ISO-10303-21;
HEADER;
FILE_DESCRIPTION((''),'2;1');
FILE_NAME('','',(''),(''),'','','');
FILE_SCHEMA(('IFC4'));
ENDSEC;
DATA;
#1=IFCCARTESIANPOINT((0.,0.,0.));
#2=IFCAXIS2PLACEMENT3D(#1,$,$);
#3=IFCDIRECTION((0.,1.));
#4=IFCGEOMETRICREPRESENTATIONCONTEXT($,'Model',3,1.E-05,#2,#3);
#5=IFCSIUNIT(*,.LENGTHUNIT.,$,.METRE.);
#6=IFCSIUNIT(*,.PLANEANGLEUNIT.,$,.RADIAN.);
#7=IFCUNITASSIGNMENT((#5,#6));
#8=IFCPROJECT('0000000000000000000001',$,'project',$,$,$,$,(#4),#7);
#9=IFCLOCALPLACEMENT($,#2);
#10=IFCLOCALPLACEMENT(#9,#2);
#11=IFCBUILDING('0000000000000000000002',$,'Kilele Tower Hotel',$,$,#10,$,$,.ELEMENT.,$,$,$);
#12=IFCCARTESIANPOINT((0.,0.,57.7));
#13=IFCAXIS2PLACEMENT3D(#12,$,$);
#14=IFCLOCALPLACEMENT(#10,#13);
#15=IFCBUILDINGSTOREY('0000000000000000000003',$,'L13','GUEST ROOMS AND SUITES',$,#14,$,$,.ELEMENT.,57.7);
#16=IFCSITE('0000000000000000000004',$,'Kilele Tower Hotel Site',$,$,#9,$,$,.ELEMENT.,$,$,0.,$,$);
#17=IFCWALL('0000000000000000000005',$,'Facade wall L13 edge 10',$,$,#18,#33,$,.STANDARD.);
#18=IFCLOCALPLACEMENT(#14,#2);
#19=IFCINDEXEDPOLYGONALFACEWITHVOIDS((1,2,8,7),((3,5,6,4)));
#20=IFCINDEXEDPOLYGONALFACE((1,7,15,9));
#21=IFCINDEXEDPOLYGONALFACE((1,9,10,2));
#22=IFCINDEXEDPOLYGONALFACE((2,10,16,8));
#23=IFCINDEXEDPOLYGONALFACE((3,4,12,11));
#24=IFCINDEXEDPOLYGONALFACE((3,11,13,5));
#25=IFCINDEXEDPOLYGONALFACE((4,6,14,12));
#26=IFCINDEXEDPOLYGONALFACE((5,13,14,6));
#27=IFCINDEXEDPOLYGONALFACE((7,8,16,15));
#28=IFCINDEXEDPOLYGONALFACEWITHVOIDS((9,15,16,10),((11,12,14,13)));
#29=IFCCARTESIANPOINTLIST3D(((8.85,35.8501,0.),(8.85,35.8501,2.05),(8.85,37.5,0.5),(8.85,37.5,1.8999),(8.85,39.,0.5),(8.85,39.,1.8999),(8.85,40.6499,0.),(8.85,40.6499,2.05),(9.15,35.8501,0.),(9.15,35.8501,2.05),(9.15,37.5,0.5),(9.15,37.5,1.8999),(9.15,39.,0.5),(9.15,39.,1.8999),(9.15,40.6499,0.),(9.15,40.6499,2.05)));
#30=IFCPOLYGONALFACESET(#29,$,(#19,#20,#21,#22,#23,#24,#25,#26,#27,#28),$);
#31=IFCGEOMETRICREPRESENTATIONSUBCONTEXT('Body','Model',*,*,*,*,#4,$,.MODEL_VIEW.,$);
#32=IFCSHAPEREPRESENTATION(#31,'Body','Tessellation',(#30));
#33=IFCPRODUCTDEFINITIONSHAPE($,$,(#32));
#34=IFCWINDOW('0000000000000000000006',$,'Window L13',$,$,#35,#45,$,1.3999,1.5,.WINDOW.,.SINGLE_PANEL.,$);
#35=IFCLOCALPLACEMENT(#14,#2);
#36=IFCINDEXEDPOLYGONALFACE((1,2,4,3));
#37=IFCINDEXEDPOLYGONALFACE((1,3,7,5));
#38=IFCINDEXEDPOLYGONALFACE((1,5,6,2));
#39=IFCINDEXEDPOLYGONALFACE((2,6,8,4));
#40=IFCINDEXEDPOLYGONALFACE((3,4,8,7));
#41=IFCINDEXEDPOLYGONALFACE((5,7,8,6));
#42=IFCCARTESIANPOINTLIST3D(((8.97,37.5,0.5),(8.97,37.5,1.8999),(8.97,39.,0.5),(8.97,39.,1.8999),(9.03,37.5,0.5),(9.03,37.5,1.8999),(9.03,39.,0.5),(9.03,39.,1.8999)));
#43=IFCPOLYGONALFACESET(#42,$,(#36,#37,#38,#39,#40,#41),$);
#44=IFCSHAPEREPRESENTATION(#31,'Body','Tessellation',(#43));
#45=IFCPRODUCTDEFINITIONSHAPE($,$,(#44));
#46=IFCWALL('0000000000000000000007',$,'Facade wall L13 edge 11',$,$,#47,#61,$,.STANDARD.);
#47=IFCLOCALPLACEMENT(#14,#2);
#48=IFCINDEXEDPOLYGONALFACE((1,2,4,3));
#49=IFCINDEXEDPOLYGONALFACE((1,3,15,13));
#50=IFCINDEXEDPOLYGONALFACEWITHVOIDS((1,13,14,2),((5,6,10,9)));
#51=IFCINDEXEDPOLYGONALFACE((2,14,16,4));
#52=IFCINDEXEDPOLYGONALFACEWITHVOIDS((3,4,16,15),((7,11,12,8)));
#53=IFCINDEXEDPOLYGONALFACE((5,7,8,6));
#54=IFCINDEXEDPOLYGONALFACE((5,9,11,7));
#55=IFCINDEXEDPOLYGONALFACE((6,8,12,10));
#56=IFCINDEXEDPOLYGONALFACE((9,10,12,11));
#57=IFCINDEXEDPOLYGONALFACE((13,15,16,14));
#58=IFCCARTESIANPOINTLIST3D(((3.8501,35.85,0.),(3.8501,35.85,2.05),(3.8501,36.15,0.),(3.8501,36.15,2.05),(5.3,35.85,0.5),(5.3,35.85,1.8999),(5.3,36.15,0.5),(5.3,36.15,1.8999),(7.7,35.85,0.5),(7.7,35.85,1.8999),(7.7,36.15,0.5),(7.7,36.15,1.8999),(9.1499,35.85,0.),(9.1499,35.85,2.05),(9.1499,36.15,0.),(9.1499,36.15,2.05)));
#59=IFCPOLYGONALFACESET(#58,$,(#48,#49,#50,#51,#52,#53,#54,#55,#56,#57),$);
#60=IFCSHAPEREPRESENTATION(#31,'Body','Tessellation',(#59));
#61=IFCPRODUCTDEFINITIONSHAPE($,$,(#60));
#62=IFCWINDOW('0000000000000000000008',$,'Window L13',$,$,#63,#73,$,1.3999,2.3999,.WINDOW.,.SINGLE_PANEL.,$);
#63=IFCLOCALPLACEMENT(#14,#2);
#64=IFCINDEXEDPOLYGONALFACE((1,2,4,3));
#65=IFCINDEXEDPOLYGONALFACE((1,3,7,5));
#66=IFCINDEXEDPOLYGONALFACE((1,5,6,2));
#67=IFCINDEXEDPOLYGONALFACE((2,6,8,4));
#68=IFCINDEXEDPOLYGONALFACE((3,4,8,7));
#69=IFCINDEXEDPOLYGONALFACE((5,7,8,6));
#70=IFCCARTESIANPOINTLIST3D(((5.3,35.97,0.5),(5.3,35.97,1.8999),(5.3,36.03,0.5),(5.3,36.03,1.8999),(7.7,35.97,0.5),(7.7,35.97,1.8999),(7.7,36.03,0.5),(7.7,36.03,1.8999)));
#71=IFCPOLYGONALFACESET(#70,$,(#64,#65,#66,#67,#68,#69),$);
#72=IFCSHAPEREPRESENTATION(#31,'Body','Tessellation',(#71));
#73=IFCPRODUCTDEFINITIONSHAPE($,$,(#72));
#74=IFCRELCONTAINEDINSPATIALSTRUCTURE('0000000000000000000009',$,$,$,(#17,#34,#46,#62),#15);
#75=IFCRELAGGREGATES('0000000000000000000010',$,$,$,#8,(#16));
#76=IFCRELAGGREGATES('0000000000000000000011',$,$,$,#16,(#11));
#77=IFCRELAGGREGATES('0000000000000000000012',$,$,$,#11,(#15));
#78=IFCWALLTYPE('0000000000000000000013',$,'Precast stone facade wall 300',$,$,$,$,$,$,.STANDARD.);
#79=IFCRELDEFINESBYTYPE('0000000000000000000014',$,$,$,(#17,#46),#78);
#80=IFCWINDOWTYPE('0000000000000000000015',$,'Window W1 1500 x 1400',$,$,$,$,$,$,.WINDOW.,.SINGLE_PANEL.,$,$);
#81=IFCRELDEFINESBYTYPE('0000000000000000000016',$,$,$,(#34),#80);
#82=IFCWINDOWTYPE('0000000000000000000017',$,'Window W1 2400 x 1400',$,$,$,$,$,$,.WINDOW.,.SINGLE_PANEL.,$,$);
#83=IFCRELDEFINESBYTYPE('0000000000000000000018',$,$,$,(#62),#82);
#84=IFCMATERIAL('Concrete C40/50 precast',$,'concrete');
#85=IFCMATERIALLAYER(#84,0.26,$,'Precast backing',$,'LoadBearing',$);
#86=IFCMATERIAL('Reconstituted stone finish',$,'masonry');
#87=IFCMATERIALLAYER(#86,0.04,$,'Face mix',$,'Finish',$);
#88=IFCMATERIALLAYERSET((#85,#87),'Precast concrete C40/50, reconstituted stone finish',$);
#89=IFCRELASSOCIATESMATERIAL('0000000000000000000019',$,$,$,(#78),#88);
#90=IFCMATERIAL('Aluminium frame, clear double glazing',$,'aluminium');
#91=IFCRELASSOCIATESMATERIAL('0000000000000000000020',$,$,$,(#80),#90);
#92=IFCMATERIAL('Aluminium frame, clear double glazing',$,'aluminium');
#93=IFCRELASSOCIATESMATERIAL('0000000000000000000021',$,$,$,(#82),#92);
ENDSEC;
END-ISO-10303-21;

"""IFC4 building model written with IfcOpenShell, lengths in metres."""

from ifc_helpers import new_model, si_unit, direction, frame, frame_2d, origin, place, context, subcontext, project, spatial, rectangle, extrude, material, layer, layer_set, type_object, element, fill, save


model = new_model("IFC4")

# Units and contexts
model_context = context("Model", 3, precision=1e-05, world=origin(), true_north=direction((0.0, 1.0)))
body_context = subcontext(model_context, "Body", "Model", "MODEL_VIEW")
ifc_project = project(units=[si_unit("LENGTHUNIT", "METRE"), si_unit("PLANEANGLEUNIT", "RADIAN")], contexts=[model_context])

# Site, building, storey
site_placement = place(None, origin())
site = spatial("IfcSite", under=ifc_project, at=site_placement, Name="Kilele Tower Hotel Site", CompositionType="ELEMENT", RefElevation=0.0)
building_placement = place(site_placement, origin())
building = spatial("IfcBuilding", under=site, at=building_placement, Name="Kilele Tower Hotel", CompositionType="ELEMENT")
storey_placement = place(building_placement, frame((0.0, 0.0, 57.7)))
storey = spatial("IfcBuildingStorey", under=building, at=storey_placement, Name="L13", Description="GUEST ROOMS AND SUITES", CompositionType="ELEMENT", Elevation=57.7)

# Walls, openings, windows
ifc_material_1 = material(Name="Concrete C40/50 precast", Category="concrete")
ifc_layer_1 = layer(ifc_material_1, 0.26, Name="Precast backing", Category="LoadBearing")
ifc_material_2 = material(Name="Reconstituted stone finish", Category="masonry")
ifc_layer_2 = layer(ifc_material_2, 0.04, Name="Face mix", Category="Finish")
ifc_layer_set_1 = layer_set([ifc_layer_1, ifc_layer_2], Name="Precast concrete C40/50, reconstituted stone finish")
wall_type_1 = type_object("IfcWallType", Name="Precast stone facade wall 300", PredefinedType="STANDARD", material=ifc_layer_set_1)
wall_1_placement = place(storey_placement, frame((9.0, 40.6499, 0.0), z_axis=(0.0, 0.0, 1.0), x_axis=(0.0, -1.0, 0.0)))
wall_1 = element("IfcWall", 1, at=wall_1_placement, inside=storey, type_object=wall_type_1, Name="Facade wall L13 edge 10", PredefinedType="STANDARD", context=body_context, shape_type="SweptSolid", body=[
    extrude(rectangle(XDim=4.7998, YDim=0.3, at=frame_2d((2.3999, 0.0))), origin(), (0.0, 0.0, 1.0), 2.05),
])
opening_1_placement = place(wall_1_placement, frame((1.6499, 0.0, 0.5)))
opening_1 = element("IfcOpeningElement", 2, at=opening_1_placement, cuts=wall_1, PredefinedType="OPENING", context=body_context, shape_type="SweptSolid", body=[
    extrude(rectangle(XDim=1.5, YDim=1.3999, at=frame_2d((0.75, 0.7))), frame((0.0, 0.1599, 0.0), z_axis=(0.0, -1.0, 0.0), x_axis=(1.0, 0.0, 0.0)), (0.0, 0.0, 1.0), 0.3201),
])
ifc_material_3 = material(Name="Aluminium frame, clear double glazing", Category="aluminium")
window_type_1 = type_object("IfcWindowType", Name="Window W1 1500 x 1400", PartitioningType="SINGLE_PANEL", PredefinedType="WINDOW", material=ifc_material_3)
window_1_placement = place(opening_1_placement, origin())
window_1 = element("IfcWindow", 3, at=window_1_placement, inside=storey, type_object=window_type_1, Name="Window L13", OverallHeight=1.3999, OverallWidth=1.5, PartitioningType="SINGLE_PANEL", PredefinedType="WINDOW", context=body_context, shape_type="SweptSolid", body=[
    extrude(rectangle(XDim=1.5, YDim=1.3999, at=frame_2d((0.75, 0.7))), frame((0.0, 0.03, 0.0), z_axis=(0.0, -1.0, 0.0), x_axis=(1.0, 0.0, 0.0)), (0.0, 0.0, 1.0), 0.0601),
])
fill(opening_1, window_1)
wall_2_placement = place(storey_placement, frame((9.1499, 36.0, 0.0), z_axis=(0.0, 0.0, 1.0), x_axis=(-1.0, 0.0, 0.0)))
wall_2 = element("IfcWall", 4, at=wall_2_placement, inside=storey, type_object=wall_type_1, Name="Facade wall L13 edge 11", PredefinedType="STANDARD", context=body_context, shape_type="SweptSolid", body=[
    extrude(rectangle(XDim=5.2998, YDim=0.3, at=frame_2d((2.6499, 0.0))), origin(), (0.0, 0.0, 1.0), 2.05),
])
opening_2_placement = place(wall_2_placement, frame((1.45, 0.0, 0.5)))
opening_2 = element("IfcOpeningElement", 5, at=opening_2_placement, cuts=wall_2, PredefinedType="OPENING", context=body_context, shape_type="SweptSolid", body=[
    extrude(rectangle(XDim=2.3999, YDim=1.3999, at=frame_2d((1.2, 0.7))), frame((0.0, 0.1599, 0.0), z_axis=(0.0, -1.0, 0.0), x_axis=(1.0, 0.0, 0.0)), (0.0, 0.0, 1.0), 0.3201),
])
ifc_material_4 = material(Name="Aluminium frame, clear double glazing", Category="aluminium")
window_type_2 = type_object("IfcWindowType", Name="Window W1 2400 x 1400", PartitioningType="SINGLE_PANEL", PredefinedType="WINDOW", material=ifc_material_4)
window_2_placement = place(opening_2_placement, origin())
window_2 = element("IfcWindow", 6, at=window_2_placement, inside=storey, type_object=window_type_2, Name="Window L13", OverallHeight=1.3999, OverallWidth=2.3999, PartitioningType="SINGLE_PANEL", PredefinedType="WINDOW", context=body_context, shape_type="SweptSolid", body=[
    extrude(rectangle(XDim=2.3999, YDim=1.3999, at=frame_2d((1.2, 0.7))), frame((0.0, 0.03, 0.0), z_axis=(0.0, -1.0, 0.0), x_axis=(1.0, 0.0, 0.0)), (0.0, 0.0, 1.0), 0.0601),
])
fill(opening_2, window_2)

save(model, "model.ifc")
